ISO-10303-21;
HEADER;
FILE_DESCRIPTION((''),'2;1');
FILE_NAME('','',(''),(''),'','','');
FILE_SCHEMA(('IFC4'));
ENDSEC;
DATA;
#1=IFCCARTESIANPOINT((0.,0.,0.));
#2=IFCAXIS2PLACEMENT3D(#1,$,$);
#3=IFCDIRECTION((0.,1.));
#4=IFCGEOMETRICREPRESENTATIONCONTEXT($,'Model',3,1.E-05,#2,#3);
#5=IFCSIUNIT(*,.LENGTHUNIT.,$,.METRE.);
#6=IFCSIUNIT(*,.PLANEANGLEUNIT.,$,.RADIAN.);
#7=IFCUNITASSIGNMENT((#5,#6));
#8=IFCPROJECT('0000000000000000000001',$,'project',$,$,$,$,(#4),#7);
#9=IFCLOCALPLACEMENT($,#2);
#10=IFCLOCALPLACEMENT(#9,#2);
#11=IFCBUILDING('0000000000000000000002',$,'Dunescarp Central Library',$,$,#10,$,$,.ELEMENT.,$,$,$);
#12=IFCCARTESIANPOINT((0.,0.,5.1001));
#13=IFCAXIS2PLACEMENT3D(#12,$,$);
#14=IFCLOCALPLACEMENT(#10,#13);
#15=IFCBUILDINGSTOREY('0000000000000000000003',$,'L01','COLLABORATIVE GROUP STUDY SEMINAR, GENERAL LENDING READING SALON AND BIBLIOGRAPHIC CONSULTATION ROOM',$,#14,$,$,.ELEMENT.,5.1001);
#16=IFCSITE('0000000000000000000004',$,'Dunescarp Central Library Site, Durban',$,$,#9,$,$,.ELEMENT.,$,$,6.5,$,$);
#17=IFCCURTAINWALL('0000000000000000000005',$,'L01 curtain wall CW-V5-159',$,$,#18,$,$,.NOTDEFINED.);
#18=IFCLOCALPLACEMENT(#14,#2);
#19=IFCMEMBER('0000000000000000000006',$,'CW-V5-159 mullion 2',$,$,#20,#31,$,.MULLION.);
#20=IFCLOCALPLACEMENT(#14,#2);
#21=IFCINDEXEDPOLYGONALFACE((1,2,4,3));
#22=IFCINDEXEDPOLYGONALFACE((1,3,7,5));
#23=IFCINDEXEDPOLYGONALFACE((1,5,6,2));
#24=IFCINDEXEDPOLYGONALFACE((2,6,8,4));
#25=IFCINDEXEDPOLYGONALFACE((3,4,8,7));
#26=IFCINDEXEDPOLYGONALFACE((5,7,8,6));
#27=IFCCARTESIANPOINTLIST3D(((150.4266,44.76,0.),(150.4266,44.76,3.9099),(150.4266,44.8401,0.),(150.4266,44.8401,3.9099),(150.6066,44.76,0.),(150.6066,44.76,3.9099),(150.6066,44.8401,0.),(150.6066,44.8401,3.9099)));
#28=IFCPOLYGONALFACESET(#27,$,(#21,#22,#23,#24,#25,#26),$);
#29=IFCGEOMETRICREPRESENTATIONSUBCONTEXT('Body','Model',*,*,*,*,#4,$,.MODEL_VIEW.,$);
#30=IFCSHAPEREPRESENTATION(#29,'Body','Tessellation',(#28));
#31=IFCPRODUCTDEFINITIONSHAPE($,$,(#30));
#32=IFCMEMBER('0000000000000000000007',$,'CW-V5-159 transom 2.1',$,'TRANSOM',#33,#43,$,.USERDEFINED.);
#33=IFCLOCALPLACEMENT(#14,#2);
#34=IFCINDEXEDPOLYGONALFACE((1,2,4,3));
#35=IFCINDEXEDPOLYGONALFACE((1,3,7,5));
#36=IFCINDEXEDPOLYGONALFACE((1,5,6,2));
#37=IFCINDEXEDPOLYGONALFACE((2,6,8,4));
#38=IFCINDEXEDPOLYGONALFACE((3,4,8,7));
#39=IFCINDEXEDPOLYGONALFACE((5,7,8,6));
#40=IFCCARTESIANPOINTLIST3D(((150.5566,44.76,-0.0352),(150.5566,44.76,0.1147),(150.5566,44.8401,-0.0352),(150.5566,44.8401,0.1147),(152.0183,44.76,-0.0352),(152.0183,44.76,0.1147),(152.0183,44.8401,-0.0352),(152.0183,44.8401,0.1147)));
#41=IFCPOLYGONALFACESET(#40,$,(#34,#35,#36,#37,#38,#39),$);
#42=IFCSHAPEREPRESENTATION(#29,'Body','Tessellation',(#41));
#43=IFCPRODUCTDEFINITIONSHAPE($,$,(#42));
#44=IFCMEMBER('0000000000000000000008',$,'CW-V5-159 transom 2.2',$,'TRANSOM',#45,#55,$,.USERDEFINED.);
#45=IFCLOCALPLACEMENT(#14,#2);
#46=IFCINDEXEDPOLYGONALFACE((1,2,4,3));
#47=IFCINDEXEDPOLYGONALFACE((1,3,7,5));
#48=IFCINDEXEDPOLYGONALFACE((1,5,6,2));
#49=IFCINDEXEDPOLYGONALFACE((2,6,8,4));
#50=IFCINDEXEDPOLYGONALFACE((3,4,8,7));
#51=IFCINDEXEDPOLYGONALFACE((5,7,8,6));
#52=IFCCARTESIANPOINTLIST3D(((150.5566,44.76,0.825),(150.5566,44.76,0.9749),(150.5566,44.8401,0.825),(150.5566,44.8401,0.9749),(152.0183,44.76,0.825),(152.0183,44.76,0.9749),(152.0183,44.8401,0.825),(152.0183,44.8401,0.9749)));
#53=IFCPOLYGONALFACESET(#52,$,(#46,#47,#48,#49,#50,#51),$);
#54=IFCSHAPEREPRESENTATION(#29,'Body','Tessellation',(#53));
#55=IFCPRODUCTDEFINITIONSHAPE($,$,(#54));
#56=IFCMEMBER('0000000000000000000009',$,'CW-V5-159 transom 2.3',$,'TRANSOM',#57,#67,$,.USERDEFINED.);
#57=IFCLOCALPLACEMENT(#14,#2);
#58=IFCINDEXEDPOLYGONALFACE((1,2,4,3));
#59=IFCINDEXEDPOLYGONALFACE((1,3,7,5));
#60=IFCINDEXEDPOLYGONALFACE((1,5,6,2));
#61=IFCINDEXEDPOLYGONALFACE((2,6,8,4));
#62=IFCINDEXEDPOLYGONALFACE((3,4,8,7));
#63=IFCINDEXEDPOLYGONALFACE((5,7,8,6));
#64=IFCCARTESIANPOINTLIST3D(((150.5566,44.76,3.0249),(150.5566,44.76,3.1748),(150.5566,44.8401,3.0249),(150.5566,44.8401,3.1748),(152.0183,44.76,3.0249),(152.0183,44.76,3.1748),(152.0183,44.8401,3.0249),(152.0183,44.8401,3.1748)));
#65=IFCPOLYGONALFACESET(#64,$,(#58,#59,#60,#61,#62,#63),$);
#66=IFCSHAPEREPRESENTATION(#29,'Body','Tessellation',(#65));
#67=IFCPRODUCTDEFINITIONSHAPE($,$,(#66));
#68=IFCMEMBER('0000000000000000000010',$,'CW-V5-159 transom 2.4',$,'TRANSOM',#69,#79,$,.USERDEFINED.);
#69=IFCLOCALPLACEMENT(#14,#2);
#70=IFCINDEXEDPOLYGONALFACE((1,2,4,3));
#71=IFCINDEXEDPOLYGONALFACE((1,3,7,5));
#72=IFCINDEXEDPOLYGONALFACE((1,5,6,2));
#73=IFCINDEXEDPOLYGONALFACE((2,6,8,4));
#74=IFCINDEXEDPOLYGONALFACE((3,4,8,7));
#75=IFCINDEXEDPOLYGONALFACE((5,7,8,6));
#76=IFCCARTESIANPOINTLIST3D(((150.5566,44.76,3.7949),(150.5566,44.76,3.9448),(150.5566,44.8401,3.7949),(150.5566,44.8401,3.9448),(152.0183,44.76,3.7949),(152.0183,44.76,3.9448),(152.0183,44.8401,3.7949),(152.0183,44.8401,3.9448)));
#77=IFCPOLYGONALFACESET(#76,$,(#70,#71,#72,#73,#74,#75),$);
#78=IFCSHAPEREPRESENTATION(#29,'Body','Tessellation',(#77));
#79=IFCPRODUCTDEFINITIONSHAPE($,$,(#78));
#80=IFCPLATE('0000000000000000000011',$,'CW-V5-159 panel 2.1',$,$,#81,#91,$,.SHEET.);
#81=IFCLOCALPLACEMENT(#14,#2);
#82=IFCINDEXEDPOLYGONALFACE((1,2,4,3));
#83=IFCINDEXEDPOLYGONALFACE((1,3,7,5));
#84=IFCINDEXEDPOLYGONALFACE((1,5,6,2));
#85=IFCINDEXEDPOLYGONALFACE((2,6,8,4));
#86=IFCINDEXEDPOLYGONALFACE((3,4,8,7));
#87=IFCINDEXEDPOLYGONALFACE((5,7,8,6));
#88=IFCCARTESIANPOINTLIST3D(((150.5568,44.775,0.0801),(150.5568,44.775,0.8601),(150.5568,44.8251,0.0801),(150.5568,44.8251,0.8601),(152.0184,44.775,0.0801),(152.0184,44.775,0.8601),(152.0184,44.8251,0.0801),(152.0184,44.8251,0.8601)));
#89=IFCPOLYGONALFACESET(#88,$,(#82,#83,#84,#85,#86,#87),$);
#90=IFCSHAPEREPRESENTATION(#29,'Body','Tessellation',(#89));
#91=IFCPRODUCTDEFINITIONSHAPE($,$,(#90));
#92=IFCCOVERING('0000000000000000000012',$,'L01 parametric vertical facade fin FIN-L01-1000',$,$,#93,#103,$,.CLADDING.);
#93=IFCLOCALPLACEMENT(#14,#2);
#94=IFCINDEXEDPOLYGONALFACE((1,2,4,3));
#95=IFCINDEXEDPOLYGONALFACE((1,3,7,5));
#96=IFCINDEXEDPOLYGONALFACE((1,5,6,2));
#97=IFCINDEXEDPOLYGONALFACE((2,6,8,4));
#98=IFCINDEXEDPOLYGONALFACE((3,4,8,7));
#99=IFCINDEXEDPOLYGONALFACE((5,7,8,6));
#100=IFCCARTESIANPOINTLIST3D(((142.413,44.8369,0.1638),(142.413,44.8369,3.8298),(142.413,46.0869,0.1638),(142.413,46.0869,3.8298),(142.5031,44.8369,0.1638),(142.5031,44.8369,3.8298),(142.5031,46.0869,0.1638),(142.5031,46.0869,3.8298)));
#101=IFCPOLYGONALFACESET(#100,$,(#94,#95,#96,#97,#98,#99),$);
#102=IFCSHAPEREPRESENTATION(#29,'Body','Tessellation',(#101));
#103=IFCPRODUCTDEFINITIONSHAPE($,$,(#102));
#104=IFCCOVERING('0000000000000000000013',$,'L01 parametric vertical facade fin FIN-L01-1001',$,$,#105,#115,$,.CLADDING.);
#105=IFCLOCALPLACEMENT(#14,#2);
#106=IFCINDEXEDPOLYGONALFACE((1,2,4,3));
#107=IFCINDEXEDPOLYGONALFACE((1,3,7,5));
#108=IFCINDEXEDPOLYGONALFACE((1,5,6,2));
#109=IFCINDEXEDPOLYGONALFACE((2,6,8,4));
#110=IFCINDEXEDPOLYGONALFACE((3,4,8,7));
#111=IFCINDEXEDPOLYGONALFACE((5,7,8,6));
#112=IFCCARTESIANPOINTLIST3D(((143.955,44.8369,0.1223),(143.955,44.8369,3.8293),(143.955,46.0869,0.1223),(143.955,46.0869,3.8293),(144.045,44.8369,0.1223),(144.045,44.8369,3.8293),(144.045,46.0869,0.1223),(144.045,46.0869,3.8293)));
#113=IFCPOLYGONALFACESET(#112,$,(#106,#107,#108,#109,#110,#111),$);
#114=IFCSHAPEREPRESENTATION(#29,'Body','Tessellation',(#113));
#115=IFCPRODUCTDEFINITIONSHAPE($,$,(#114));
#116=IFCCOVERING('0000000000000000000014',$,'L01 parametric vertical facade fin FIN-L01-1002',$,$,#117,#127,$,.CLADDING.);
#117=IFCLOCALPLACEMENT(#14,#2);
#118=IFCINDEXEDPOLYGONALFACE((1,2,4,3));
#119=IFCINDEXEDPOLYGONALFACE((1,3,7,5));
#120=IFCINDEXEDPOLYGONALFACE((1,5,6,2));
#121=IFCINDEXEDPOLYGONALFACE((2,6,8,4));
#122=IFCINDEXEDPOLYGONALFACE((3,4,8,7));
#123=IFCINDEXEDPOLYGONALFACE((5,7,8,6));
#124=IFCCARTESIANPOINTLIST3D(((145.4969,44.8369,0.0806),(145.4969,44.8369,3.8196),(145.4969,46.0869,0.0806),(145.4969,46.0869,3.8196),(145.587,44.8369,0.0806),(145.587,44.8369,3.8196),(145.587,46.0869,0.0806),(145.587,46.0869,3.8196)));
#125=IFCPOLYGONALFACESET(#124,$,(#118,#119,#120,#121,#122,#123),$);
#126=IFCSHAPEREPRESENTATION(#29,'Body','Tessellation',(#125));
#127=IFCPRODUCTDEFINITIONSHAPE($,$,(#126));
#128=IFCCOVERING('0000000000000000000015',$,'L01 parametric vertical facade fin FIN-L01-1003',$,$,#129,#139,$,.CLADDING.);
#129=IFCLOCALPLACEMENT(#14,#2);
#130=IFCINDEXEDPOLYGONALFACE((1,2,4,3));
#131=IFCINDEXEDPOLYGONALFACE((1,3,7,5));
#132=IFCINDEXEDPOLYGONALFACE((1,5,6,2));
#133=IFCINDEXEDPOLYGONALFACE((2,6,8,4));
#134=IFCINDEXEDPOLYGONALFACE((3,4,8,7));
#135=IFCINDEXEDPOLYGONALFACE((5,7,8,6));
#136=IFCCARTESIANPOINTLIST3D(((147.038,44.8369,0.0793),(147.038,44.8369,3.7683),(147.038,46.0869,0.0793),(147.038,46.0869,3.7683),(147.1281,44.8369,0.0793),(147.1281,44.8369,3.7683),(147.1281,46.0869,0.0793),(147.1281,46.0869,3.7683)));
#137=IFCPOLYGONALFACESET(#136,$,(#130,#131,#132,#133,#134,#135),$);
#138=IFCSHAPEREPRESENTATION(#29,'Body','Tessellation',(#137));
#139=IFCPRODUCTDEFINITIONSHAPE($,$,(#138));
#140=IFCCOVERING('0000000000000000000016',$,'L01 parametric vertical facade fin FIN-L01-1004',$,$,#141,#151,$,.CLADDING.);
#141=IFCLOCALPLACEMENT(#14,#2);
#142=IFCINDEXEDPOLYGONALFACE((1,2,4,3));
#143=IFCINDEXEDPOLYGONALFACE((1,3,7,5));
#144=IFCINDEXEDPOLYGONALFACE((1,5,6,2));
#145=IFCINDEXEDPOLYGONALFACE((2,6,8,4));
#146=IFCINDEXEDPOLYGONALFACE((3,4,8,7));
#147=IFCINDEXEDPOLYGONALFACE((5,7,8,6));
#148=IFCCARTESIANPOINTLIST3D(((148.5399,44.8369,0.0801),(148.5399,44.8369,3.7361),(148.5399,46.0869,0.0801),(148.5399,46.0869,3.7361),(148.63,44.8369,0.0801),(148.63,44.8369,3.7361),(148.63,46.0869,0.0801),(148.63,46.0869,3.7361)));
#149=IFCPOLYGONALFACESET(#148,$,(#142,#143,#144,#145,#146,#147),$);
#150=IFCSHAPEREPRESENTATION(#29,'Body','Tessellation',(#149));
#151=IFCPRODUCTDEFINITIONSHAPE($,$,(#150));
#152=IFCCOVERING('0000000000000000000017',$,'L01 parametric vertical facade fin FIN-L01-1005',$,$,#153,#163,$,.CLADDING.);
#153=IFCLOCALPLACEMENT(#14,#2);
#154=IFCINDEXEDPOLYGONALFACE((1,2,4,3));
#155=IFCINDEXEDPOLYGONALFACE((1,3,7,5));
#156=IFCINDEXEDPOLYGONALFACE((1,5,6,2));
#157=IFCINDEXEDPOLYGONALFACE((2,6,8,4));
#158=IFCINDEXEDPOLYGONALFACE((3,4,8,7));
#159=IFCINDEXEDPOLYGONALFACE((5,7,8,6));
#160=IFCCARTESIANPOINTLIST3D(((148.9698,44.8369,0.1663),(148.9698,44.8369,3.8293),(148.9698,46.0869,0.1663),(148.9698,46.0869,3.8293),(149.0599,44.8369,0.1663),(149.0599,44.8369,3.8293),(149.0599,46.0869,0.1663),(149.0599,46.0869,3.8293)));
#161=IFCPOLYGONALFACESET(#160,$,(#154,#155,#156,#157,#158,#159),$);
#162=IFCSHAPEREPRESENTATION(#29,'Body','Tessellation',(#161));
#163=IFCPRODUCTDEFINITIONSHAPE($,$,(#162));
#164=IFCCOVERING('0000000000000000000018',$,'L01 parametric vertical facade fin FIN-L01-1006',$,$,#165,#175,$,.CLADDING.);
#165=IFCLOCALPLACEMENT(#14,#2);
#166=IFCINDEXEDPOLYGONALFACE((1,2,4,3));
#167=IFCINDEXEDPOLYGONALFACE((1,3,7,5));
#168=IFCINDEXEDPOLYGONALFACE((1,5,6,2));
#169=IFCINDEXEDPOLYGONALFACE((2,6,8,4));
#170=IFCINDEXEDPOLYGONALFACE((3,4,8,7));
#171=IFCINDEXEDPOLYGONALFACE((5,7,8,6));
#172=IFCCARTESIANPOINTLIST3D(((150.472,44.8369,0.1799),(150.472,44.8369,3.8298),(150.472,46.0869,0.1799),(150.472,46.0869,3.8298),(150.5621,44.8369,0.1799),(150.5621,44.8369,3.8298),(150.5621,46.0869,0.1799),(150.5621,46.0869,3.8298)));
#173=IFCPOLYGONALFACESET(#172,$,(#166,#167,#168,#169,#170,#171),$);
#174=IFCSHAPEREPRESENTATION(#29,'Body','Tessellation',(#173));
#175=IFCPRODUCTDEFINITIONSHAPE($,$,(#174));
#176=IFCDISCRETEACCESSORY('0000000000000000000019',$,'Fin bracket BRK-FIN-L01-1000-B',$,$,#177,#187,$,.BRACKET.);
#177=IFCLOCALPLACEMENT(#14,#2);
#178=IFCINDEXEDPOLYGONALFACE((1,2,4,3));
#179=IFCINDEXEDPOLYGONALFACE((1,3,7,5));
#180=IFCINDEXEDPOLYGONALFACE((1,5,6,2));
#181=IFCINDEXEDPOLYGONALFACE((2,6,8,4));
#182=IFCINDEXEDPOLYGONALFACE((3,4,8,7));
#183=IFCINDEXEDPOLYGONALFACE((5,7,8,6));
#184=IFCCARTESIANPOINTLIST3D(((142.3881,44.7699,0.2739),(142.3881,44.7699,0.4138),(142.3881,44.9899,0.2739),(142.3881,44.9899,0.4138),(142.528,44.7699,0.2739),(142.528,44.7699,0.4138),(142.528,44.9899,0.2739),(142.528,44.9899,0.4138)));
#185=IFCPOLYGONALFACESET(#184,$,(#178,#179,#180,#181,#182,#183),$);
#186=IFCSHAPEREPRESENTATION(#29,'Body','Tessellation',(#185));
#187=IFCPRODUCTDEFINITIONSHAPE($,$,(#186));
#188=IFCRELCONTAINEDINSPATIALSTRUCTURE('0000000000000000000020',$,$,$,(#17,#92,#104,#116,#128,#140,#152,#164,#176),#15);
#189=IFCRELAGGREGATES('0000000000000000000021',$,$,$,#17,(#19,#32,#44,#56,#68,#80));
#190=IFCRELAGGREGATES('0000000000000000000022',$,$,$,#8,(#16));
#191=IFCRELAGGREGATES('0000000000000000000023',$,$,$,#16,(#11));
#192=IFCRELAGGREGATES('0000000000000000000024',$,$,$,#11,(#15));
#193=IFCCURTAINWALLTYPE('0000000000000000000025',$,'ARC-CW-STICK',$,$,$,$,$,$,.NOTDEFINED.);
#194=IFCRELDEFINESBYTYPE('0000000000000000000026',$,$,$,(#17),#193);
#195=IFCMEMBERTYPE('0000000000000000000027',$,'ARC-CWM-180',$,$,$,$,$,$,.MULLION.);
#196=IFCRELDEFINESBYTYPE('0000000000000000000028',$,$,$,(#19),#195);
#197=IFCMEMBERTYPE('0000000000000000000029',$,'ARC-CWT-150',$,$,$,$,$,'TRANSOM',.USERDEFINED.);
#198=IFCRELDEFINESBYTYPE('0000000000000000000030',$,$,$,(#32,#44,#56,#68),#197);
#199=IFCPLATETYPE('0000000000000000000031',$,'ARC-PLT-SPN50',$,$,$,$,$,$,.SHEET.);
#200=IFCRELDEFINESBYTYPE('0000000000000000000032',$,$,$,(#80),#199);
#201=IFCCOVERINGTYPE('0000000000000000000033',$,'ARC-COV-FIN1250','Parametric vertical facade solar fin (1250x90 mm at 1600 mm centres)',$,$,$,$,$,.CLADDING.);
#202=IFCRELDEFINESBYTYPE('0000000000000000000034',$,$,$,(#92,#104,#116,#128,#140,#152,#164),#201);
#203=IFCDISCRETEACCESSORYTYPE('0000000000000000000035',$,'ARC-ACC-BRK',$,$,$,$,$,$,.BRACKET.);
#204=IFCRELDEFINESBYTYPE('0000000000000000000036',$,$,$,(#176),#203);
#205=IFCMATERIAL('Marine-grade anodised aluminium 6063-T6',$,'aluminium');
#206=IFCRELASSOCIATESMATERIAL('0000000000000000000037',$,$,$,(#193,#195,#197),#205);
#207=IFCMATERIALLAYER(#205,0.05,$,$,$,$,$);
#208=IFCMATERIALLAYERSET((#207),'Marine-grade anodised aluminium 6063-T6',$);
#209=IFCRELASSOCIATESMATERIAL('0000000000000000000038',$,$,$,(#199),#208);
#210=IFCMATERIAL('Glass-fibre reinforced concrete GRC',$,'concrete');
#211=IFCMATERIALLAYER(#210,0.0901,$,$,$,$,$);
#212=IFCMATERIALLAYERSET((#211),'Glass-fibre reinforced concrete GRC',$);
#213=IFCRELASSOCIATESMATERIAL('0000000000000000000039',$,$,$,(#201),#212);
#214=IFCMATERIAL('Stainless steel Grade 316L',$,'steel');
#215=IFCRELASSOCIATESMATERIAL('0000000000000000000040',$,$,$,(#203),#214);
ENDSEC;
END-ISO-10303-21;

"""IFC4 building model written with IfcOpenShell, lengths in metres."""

from ifc_helpers import new_model, si_unit, direction, frame, origin, origin_2d, place, context, subcontext, project, spatial, rectangle, extrude, material, layer, layer_set, material_profile, profile_set, type_object, element, aggregate, save


model = new_model("IFC4")

# Units and contexts
model_context = context("Model", 3, precision=1e-05, world=origin(), true_north=direction((0.0, 1.0)))
body_context = subcontext(model_context, "Body", "Model", "MODEL_VIEW")
ifc_project = project(units=[si_unit("LENGTHUNIT", "METRE"), si_unit("PLANEANGLEUNIT", "RADIAN")], contexts=[model_context])

# Site, building, storey
site_placement = place(None, origin())
site = spatial("IfcSite", under=ifc_project, at=site_placement, Name="Dunescarp Central Library Site, Durban", CompositionType="ELEMENT", RefElevation=6.5)
building_placement = place(site_placement, origin())
building = spatial("IfcBuilding", under=site, at=building_placement, Name="Dunescarp Central Library", CompositionType="ELEMENT")
storey_placement = place(building_placement, frame((0.0, 0.0, 5.1001)))
storey = spatial("IfcBuildingStorey", under=building, at=storey_placement, Name="L01", Description="COLLABORATIVE GROUP STUDY SEMINAR, GENERAL LENDING READING SALON AND BIBLIOGRAPHIC CONSULTATION ROOM", CompositionType="ELEMENT", Elevation=5.1001)

# Curtain wall, members, plate
ifc_material_1 = material(Name="Marine-grade anodised aluminium 6063-T6", Category="aluminium")
curtain_wall_type = type_object("IfcCurtainWallType", Name="ARC-CW-STICK", PredefinedType="NOTDEFINED", material=ifc_material_1)
curtain_wall_placement = place(storey_placement, origin())
curtain_wall = element("IfcCurtainWall", 1, at=curtain_wall_placement, inside=storey, type_object=curtain_wall_type, Name="L01 curtain wall CW-V5-159", PredefinedType="NOTDEFINED")
ifc_material_profile_1 = material_profile(ifc_material_1, rectangle(XDim=0.0801, YDim=0.1799, at=origin_2d()), Name="AL 80x180")
ifc_profile_set_1 = profile_set([ifc_material_profile_1], Name="Marine-grade anodised aluminium 6063-T6")
member_type_1 = type_object("IfcMemberType", Name="ARC-CWM-180", PredefinedType="MULLION", material=ifc_profile_set_1)
member_1_placement = place(storey_placement, frame((150.5166, 44.8, 0.0), z_axis=(0.0, 0.0, 1.0), x_axis=(0.0, 1.0, 0.0)))
member_1 = element("IfcMember", 2, at=member_1_placement, type_object=member_type_1, Name="CW-V5-159 mullion 2", PredefinedType="MULLION", context=body_context, shape_type="SweptSolid", body=[
    extrude(rectangle(XDim=0.0801, YDim=0.1799, at=origin_2d()), origin(), (0.0, 0.0, 1.0), 3.9099),
])
ifc_material_profile_2 = material_profile(ifc_material_1, rectangle(XDim=0.0801, YDim=0.1499, at=origin_2d()), Name="AL 80x150")
ifc_profile_set_2 = profile_set([ifc_material_profile_2], Name="Marine-grade anodised aluminium 6063-T6")
member_type_2 = type_object("IfcMemberType", Name="ARC-CWT-150", ElementType="TRANSOM", PredefinedType="USERDEFINED", material=ifc_profile_set_2)
member_2_placement = place(storey_placement, frame((150.5566, 44.8, 0.0398), z_axis=(1.0, 0.0, 0.0), x_axis=(0.0, 1.0, 0.0)))
member_2 = element("IfcMember", 3, at=member_2_placement, type_object=member_type_2, Name="CW-V5-159 transom 2.1", ObjectType="TRANSOM", PredefinedType="USERDEFINED", context=body_context, shape_type="SweptSolid", body=[
    extrude(rectangle(XDim=0.0801, YDim=0.1499, at=origin_2d()), origin(), (0.0, 0.0, 1.0), 1.4617),
])
member_3_placement = place(storey_placement, frame((150.5566, 44.8, 0.8999), z_axis=(1.0, 0.0, 0.0), x_axis=(0.0, 1.0, 0.0)))
member_3 = element("IfcMember", 4, at=member_3_placement, type_object=member_type_2, Name="CW-V5-159 transom 2.2", ObjectType="TRANSOM", PredefinedType="USERDEFINED", context=body_context, shape_type="SweptSolid", body=[
    extrude(rectangle(XDim=0.0801, YDim=0.1499, at=origin_2d()), origin(), (0.0, 0.0, 1.0), 1.4617),
])
member_4_placement = place(storey_placement, frame((150.5566, 44.8, 3.0999), z_axis=(1.0, 0.0, 0.0), x_axis=(0.0, 1.0, 0.0)))
member_4 = element("IfcMember", 5, at=member_4_placement, type_object=member_type_2, Name="CW-V5-159 transom 2.3", ObjectType="TRANSOM", PredefinedType="USERDEFINED", context=body_context, shape_type="SweptSolid", body=[
    extrude(rectangle(XDim=0.0801, YDim=0.1499, at=origin_2d()), origin(), (0.0, 0.0, 1.0), 1.4617),
])
member_5_placement = place(storey_placement, frame((150.5566, 44.8, 3.8699), z_axis=(1.0, 0.0, 0.0), x_axis=(0.0, 1.0, 0.0)))
member_5 = element("IfcMember", 6, at=member_5_placement, type_object=member_type_2, Name="CW-V5-159 transom 2.4", ObjectType="TRANSOM", PredefinedType="USERDEFINED", context=body_context, shape_type="SweptSolid", body=[
    extrude(rectangle(XDim=0.0801, YDim=0.1499, at=origin_2d()), origin(), (0.0, 0.0, 1.0), 1.4617),
])
ifc_layer_1 = layer(ifc_material_1, 0.05)
ifc_layer_set_1 = layer_set([ifc_layer_1], Name="Marine-grade anodised aluminium 6063-T6")
plate_type = type_object("IfcPlateType", Name="ARC-PLT-SPN50", PredefinedType="SHEET", material=ifc_layer_set_1)
plate_placement = place(storey_placement, frame((151.2876, 44.8, 0.0801), z_axis=(0.0, 0.0, 1.0), x_axis=(1.0, 0.0, 0.0)))
plate = element("IfcPlate", 7, at=plate_placement, type_object=plate_type, Name="CW-V5-159 panel 2.1", PredefinedType="SHEET", context=body_context, shape_type="SweptSolid", body=[
    extrude(rectangle(XDim=1.4617, YDim=0.05, at=origin_2d()), origin(), (0.0, 0.0, 1.0), 0.78),
])
aggregate(curtain_wall, [member_1, member_2, member_3, member_4, member_5, plate])

# Coverings
ifc_material_2 = material(Name="Glass-fibre reinforced concrete GRC", Category="concrete")
ifc_layer_2 = layer(ifc_material_2, 0.0901)
ifc_layer_set_2 = layer_set([ifc_layer_2], Name="Glass-fibre reinforced concrete GRC")
covering_type = type_object("IfcCoveringType", Name="ARC-COV-FIN1250", Description="Parametric vertical facade solar fin (1250x90 mm at 1600 mm centres)", PredefinedType="CLADDING", material=ifc_layer_set_2)
covering_1_placement = place(storey_placement, frame((142.458, 45.4619, 0.1638), z_axis=(0.0, 0.0, 1.0), x_axis=(0.0, 1.0, 0.0)))
element("IfcCovering", 8, at=covering_1_placement, inside=storey, type_object=covering_type, Name="L01 parametric vertical facade fin FIN-L01-1000", PredefinedType="CLADDING", context=body_context, shape_type="SweptSolid", body=[
    extrude(rectangle(XDim=1.25, YDim=0.0901, at=origin_2d()), origin(), (0.0, 0.0, 1.0), 3.666),
])
covering_2_placement = place(storey_placement, frame((144.0, 45.4619, 0.1223), z_axis=(0.0, 0.0, 1.0), x_axis=(0.0, 1.0, 0.0)))
element("IfcCovering", 9, at=covering_2_placement, inside=storey, type_object=covering_type, Name="L01 parametric vertical facade fin FIN-L01-1001", PredefinedType="CLADDING", context=body_context, shape_type="SweptSolid", body=[
    extrude(rectangle(XDim=1.25, YDim=0.0901, at=origin_2d()), origin(), (0.0, 0.0, 1.0), 3.707),
])
covering_3_placement = place(storey_placement, frame((145.542, 45.4619, 0.0806), z_axis=(0.0, 0.0, 1.0), x_axis=(0.0, 1.0, 0.0)))
element("IfcCovering", 10, at=covering_3_placement, inside=storey, type_object=covering_type, Name="L01 parametric vertical facade fin FIN-L01-1002", PredefinedType="CLADDING", context=body_context, shape_type="SweptSolid", body=[
    extrude(rectangle(XDim=1.25, YDim=0.0901, at=origin_2d()), origin(), (0.0, 0.0, 1.0), 3.739),
])
covering_4_placement = place(storey_placement, frame((147.083, 45.4619, 0.0793), z_axis=(0.0, 0.0, 1.0), x_axis=(0.0, 1.0, 0.0)))
element("IfcCovering", 11, at=covering_4_placement, inside=storey, type_object=covering_type, Name="L01 parametric vertical facade fin FIN-L01-1003", PredefinedType="CLADDING", context=body_context, shape_type="SweptSolid", body=[
    extrude(rectangle(XDim=1.25, YDim=0.0901, at=origin_2d()), origin(), (0.0, 0.0, 1.0), 3.689),
])
covering_5_placement = place(storey_placement, frame((148.585, 45.4619, 0.0801), z_axis=(0.0, 0.0, 1.0), x_axis=(0.0, 1.0, 0.0)))
element("IfcCovering", 12, at=covering_5_placement, inside=storey, type_object=covering_type, Name="L01 parametric vertical facade fin FIN-L01-1004", PredefinedType="CLADDING", context=body_context, shape_type="SweptSolid", body=[
    extrude(rectangle(XDim=1.25, YDim=0.0901, at=origin_2d()), origin(), (0.0, 0.0, 1.0), 3.656),
])
covering_6_placement = place(storey_placement, frame((149.0149, 45.4619, 0.1663), z_axis=(0.0, 0.0, 1.0), x_axis=(0.0, 1.0, 0.0)))
element("IfcCovering", 13, at=covering_6_placement, inside=storey, type_object=covering_type, Name="L01 parametric vertical facade fin FIN-L01-1005", PredefinedType="CLADDING", context=body_context, shape_type="SweptSolid", body=[
    extrude(rectangle(XDim=1.25, YDim=0.0901, at=origin_2d()), origin(), (0.0, 0.0, 1.0), 3.6631),
])
covering_7_placement = place(storey_placement, frame((150.5171, 45.4619, 0.1799), z_axis=(0.0, 0.0, 1.0), x_axis=(0.0, 1.0, 0.0)))
element("IfcCovering", 14, at=covering_7_placement, inside=storey, type_object=covering_type, Name="L01 parametric vertical facade fin FIN-L01-1006", PredefinedType="CLADDING", context=body_context, shape_type="SweptSolid", body=[
    extrude(rectangle(XDim=1.25, YDim=0.0901, at=origin_2d()), origin(), (0.0, 0.0, 1.0), 3.6499),
])

# Discrete accessory
ifc_material_3 = material(Name="Stainless steel Grade 316L", Category="steel")
discrete_accessory_type = type_object("IfcDiscreteAccessoryType", Name="ARC-ACC-BRK", PredefinedType="BRACKET", material=ifc_material_3)
for number, where, z_axis, x_axis, name in (
    (15, (142.458, 44.8799, 0.2739), (0.0, 0.0, 1.0), (0.0, 1.0, 0.0), "Fin bracket BRK-FIN-L01-1000-B"),
):
    element("IfcDiscreteAccessory", number, at=place(storey_placement, frame(where, z_axis=z_axis, x_axis=x_axis)), inside=storey, type_object=discrete_accessory_type, Name=name, PredefinedType="BRACKET", context=body_context, shape_type="SweptSolid", body=[
        extrude(rectangle(XDim=0.22, YDim=0.1399, at=origin_2d()), origin(), (0.0, 0.0, 1.0), 0.1399),
    ])

save(model, "model.ifc")
